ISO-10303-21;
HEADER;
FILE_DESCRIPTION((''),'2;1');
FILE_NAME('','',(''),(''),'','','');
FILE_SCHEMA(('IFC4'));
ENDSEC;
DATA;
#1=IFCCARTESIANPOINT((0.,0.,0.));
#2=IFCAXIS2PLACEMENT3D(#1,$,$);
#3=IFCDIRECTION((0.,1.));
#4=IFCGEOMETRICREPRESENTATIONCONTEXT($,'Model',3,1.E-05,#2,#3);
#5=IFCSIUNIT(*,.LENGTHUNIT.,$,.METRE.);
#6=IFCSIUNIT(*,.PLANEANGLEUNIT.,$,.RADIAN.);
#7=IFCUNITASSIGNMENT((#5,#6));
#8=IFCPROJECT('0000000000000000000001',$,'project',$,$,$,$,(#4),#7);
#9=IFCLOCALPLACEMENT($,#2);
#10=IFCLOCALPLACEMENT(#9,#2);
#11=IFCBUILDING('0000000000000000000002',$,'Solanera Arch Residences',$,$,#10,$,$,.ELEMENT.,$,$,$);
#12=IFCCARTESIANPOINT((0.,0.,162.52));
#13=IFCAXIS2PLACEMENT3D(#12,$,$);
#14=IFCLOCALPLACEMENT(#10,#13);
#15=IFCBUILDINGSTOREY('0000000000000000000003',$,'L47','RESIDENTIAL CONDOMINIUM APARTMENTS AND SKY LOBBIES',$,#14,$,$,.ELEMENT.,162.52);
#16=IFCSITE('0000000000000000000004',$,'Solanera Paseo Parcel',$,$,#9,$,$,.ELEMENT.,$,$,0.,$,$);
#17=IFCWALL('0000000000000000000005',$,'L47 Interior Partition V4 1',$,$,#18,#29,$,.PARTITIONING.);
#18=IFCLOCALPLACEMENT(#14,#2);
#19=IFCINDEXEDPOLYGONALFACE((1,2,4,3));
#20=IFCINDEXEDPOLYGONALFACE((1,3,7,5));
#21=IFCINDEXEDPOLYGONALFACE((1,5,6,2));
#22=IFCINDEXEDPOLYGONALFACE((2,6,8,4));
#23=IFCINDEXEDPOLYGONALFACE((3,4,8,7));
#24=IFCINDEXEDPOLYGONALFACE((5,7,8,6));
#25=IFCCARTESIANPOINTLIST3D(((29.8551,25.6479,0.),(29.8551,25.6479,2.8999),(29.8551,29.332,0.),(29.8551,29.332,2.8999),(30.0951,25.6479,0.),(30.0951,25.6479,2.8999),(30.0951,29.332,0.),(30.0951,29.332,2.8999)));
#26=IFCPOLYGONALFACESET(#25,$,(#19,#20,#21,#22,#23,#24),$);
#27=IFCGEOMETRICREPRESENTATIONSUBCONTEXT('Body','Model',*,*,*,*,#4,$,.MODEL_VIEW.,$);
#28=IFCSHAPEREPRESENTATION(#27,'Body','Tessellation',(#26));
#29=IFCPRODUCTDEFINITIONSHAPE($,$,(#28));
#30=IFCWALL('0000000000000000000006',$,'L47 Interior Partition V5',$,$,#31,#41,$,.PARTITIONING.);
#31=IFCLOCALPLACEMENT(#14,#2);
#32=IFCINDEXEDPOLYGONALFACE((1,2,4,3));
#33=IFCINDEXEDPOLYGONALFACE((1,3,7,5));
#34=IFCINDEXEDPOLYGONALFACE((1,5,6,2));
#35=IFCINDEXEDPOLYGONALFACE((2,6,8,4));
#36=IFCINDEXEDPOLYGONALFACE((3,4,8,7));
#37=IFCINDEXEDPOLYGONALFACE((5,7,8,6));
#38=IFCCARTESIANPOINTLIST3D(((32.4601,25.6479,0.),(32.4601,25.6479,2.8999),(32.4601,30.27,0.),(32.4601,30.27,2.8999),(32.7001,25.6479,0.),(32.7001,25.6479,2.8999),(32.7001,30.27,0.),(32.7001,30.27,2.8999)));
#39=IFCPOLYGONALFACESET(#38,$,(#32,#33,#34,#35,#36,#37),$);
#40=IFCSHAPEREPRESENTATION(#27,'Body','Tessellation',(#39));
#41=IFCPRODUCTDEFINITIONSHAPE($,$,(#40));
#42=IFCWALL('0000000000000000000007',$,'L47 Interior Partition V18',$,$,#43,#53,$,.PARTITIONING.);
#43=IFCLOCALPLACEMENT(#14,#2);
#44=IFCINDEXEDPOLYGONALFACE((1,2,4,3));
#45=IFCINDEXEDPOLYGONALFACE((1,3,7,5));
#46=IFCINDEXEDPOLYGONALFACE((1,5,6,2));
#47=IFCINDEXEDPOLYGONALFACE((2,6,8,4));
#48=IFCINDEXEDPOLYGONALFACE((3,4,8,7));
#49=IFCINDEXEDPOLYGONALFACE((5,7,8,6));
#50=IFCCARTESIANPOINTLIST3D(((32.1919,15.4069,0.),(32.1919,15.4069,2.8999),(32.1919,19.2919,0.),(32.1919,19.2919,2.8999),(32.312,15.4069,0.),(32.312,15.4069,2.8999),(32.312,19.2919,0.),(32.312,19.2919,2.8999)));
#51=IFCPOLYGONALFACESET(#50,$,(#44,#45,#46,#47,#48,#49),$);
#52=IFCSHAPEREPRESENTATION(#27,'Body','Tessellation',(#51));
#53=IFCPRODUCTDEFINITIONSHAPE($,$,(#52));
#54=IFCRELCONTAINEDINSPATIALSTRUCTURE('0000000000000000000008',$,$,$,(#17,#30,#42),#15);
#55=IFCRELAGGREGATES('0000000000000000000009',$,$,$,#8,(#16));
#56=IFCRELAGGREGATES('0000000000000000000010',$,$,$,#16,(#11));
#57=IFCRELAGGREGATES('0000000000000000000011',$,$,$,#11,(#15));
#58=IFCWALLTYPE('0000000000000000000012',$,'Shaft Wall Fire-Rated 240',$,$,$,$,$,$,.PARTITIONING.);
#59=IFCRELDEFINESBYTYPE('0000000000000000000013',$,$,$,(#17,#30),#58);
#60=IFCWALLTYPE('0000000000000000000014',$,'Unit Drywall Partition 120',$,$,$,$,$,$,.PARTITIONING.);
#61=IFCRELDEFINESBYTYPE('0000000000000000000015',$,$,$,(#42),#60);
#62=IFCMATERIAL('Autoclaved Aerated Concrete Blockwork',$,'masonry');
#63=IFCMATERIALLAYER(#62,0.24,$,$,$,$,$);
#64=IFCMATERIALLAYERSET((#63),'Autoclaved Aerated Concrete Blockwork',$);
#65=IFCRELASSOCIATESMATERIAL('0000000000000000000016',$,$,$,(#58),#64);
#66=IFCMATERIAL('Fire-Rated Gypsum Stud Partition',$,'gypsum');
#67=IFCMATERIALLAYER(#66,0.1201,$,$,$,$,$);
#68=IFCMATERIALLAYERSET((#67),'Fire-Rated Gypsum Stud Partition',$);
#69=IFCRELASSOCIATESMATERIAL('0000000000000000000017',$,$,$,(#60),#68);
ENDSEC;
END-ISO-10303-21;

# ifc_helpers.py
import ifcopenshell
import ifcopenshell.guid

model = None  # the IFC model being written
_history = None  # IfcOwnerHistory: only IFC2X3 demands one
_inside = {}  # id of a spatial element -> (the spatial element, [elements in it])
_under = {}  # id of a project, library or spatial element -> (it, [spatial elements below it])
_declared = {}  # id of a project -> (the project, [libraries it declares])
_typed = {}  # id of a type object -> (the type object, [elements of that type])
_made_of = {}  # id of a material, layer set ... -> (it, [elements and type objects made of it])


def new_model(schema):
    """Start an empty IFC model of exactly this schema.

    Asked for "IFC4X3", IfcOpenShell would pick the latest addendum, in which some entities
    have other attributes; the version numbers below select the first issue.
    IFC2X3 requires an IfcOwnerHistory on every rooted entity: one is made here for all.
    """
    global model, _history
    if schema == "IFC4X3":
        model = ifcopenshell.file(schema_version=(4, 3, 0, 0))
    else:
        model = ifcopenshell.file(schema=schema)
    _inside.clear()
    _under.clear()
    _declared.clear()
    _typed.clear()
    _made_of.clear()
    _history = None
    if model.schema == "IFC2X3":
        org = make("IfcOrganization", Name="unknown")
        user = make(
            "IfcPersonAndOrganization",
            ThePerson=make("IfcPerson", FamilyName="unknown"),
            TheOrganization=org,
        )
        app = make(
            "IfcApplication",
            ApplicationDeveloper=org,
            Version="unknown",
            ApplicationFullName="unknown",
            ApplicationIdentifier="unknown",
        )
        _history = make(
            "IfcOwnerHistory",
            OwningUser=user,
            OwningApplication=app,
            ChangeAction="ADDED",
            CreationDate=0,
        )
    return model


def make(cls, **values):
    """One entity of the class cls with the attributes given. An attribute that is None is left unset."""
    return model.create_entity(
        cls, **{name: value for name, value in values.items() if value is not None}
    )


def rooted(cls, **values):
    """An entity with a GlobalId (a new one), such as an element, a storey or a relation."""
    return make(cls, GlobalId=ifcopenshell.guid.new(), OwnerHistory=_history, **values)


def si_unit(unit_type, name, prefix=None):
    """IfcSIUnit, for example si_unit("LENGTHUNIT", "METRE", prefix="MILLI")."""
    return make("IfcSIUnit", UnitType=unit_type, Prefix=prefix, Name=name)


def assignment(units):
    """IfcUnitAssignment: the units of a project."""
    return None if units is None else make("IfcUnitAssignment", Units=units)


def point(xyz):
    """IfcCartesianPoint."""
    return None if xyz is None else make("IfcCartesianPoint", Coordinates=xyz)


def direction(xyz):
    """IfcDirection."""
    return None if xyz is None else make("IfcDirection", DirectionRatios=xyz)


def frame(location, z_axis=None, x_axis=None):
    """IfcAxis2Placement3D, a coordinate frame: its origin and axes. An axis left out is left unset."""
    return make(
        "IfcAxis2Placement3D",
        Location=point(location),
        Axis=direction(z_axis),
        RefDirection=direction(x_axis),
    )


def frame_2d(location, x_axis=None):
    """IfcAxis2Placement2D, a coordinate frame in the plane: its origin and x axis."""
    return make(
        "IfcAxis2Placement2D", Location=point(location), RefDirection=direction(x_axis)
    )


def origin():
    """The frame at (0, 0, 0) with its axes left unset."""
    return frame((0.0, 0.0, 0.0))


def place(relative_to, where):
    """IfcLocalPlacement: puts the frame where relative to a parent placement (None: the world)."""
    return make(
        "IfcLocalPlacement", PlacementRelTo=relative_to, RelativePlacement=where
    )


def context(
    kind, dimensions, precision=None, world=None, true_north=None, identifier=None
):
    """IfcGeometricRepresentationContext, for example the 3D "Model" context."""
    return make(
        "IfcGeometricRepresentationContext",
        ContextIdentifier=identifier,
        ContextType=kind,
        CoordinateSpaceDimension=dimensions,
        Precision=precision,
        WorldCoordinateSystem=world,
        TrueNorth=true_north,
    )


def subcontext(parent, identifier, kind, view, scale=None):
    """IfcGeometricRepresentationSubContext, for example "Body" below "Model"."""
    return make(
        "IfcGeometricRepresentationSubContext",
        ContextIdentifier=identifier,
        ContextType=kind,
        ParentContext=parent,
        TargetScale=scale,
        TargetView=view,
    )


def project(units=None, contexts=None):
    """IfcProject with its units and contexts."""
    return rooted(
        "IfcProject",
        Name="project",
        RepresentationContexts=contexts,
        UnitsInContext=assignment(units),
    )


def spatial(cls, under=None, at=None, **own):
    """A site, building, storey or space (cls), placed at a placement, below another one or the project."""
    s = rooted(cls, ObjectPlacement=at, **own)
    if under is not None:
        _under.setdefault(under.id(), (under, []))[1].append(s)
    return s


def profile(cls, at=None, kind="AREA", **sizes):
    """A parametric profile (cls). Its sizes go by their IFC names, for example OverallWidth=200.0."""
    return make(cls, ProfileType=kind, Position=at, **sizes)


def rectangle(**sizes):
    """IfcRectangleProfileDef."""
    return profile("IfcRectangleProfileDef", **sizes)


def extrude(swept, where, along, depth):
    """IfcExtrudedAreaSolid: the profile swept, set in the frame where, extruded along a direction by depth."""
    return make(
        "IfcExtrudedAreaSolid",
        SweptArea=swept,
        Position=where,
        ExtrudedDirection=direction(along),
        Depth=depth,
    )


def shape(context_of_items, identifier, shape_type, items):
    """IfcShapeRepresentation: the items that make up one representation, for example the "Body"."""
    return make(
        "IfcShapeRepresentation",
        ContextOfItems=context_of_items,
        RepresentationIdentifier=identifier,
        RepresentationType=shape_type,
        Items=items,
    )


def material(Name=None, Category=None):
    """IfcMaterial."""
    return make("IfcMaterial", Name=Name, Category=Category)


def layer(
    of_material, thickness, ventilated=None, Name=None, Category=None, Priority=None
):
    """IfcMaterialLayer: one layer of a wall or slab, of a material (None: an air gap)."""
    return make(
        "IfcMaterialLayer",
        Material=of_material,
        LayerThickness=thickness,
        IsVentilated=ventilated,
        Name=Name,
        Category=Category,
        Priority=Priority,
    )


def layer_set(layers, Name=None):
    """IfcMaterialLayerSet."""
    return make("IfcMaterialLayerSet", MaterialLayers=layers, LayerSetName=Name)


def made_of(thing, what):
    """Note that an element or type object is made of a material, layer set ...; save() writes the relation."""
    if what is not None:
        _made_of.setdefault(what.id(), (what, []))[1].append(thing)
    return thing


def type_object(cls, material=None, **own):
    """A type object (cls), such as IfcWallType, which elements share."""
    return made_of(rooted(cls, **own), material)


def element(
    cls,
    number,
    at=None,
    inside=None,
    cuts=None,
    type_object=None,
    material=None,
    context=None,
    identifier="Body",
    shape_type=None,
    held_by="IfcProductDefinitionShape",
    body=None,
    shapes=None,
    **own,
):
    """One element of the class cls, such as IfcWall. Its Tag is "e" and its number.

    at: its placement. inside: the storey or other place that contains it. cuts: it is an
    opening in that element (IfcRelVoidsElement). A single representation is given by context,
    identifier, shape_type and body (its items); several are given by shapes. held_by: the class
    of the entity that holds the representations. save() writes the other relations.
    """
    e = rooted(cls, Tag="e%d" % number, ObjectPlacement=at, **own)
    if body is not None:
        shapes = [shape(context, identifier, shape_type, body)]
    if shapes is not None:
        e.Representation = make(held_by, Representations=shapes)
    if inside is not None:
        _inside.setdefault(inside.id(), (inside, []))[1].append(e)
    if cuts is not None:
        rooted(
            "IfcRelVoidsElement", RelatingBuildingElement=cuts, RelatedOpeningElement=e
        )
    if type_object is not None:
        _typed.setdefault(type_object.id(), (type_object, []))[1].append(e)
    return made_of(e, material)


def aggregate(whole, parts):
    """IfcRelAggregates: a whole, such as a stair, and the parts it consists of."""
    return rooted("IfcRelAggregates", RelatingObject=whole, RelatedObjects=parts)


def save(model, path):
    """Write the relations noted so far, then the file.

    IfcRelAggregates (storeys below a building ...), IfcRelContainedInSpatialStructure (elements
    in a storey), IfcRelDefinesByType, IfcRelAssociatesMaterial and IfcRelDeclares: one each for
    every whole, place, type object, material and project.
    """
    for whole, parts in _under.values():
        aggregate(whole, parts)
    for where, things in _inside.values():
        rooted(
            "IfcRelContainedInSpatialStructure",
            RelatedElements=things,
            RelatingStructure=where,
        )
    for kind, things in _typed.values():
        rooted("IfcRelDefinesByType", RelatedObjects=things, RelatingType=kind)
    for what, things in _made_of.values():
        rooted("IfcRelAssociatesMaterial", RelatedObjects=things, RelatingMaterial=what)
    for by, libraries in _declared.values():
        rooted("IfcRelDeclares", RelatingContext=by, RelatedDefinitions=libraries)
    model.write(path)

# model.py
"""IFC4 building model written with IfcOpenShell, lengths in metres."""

from ifc_helpers import new_model, si_unit, direction, frame, frame_2d, origin, place, context, subcontext, project, spatial, rectangle, extrude, material, layer, layer_set, type_object, element, save


model = new_model("IFC4")

# Units and contexts
model_context = context("Model", 3, precision=1e-05, world=origin(), true_north=direction((0.0, 1.0)))
body_context = subcontext(model_context, "Body", "Model", "MODEL_VIEW")
ifc_project = project(units=[si_unit("LENGTHUNIT", "METRE"), si_unit("PLANEANGLEUNIT", "RADIAN")], contexts=[model_context])

# Site, building, storey
site_placement = place(None, origin())
site = spatial("IfcSite", under=ifc_project, at=site_placement, Name="Solanera Paseo Parcel", CompositionType="ELEMENT", RefElevation=0.0)
building_placement = place(site_placement, origin())
building = spatial("IfcBuilding", under=site, at=building_placement, Name="Solanera Arch Residences", CompositionType="ELEMENT")
storey_placement = place(building_placement, frame((0.0, 0.0, 162.52)))
storey = spatial("IfcBuildingStorey", under=building, at=storey_placement, Name="L47", Description="RESIDENTIAL CONDOMINIUM APARTMENTS AND SKY LOBBIES", CompositionType="ELEMENT", Elevation=162.52)

# Wall
ifc_material_1 = material(Name="Autoclaved Aerated Concrete Blockwork", Category="masonry")
ifc_layer_1 = layer(ifc_material_1, 0.24)
ifc_layer_set_1 = layer_set([ifc_layer_1], Name="Autoclaved Aerated Concrete Blockwork")
wall_type_1 = type_object("IfcWallType", Name="Shaft Wall Fire-Rated 240", PredefinedType="PARTITIONING", material=ifc_layer_set_1)
wall_1_placement = place(storey_placement, frame((29.9751, 25.6479, 0.0), z_axis=(0.0, 0.0, 1.0), x_axis=(0.0, 1.0, 0.0)))
element("IfcWall", 1, at=wall_1_placement, inside=storey, type_object=wall_type_1, Name="L47 Interior Partition V4 1", PredefinedType="PARTITIONING", context=body_context, shape_type="SweptSolid", body=[
    extrude(rectangle(XDim=3.6841, YDim=0.24, at=frame_2d((1.842, 0.0))), origin(), (0.0, 0.0, 1.0), 2.8999),
])

# Walls
wall_2_placement = place(storey_placement, frame((32.5801, 25.6479, 0.0), z_axis=(0.0, 0.0, 1.0), x_axis=(0.0, 1.0, 0.0)))
element("IfcWall", 2, at=wall_2_placement, inside=storey, type_object=wall_type_1, Name="L47 Interior Partition V5", PredefinedType="PARTITIONING", context=body_context, shape_type="SweptSolid", body=[
    extrude(rectangle(XDim=4.6221, YDim=0.24, at=frame_2d((2.311, 0.0))), origin(), (0.0, 0.0, 1.0), 2.8999),
])
ifc_material_2 = material(Name="Fire-Rated Gypsum Stud Partition", Category="gypsum")
ifc_layer_2 = layer(ifc_material_2, 0.1201)
ifc_layer_set_2 = layer_set([ifc_layer_2], Name="Fire-Rated Gypsum Stud Partition")
wall_type_2 = type_object("IfcWallType", Name="Unit Drywall Partition 120", PredefinedType="PARTITIONING", material=ifc_layer_set_2)
wall_3_placement = place(storey_placement, frame((32.252, 15.407, 0.0), z_axis=(0.0, 0.0, 1.0), x_axis=(0.0, 1.0, 0.0)))
element("IfcWall", 3, at=wall_3_placement, inside=storey, type_object=wall_type_2, Name="L47 Interior Partition V18", PredefinedType="PARTITIONING", context=body_context, shape_type="SweptSolid", body=[
    extrude(rectangle(XDim=3.885, YDim=0.1201, at=frame_2d((1.9424, 0.0))), origin(), (0.0, 0.0, 1.0), 2.8999),
])

save(model, "model.ifc")
